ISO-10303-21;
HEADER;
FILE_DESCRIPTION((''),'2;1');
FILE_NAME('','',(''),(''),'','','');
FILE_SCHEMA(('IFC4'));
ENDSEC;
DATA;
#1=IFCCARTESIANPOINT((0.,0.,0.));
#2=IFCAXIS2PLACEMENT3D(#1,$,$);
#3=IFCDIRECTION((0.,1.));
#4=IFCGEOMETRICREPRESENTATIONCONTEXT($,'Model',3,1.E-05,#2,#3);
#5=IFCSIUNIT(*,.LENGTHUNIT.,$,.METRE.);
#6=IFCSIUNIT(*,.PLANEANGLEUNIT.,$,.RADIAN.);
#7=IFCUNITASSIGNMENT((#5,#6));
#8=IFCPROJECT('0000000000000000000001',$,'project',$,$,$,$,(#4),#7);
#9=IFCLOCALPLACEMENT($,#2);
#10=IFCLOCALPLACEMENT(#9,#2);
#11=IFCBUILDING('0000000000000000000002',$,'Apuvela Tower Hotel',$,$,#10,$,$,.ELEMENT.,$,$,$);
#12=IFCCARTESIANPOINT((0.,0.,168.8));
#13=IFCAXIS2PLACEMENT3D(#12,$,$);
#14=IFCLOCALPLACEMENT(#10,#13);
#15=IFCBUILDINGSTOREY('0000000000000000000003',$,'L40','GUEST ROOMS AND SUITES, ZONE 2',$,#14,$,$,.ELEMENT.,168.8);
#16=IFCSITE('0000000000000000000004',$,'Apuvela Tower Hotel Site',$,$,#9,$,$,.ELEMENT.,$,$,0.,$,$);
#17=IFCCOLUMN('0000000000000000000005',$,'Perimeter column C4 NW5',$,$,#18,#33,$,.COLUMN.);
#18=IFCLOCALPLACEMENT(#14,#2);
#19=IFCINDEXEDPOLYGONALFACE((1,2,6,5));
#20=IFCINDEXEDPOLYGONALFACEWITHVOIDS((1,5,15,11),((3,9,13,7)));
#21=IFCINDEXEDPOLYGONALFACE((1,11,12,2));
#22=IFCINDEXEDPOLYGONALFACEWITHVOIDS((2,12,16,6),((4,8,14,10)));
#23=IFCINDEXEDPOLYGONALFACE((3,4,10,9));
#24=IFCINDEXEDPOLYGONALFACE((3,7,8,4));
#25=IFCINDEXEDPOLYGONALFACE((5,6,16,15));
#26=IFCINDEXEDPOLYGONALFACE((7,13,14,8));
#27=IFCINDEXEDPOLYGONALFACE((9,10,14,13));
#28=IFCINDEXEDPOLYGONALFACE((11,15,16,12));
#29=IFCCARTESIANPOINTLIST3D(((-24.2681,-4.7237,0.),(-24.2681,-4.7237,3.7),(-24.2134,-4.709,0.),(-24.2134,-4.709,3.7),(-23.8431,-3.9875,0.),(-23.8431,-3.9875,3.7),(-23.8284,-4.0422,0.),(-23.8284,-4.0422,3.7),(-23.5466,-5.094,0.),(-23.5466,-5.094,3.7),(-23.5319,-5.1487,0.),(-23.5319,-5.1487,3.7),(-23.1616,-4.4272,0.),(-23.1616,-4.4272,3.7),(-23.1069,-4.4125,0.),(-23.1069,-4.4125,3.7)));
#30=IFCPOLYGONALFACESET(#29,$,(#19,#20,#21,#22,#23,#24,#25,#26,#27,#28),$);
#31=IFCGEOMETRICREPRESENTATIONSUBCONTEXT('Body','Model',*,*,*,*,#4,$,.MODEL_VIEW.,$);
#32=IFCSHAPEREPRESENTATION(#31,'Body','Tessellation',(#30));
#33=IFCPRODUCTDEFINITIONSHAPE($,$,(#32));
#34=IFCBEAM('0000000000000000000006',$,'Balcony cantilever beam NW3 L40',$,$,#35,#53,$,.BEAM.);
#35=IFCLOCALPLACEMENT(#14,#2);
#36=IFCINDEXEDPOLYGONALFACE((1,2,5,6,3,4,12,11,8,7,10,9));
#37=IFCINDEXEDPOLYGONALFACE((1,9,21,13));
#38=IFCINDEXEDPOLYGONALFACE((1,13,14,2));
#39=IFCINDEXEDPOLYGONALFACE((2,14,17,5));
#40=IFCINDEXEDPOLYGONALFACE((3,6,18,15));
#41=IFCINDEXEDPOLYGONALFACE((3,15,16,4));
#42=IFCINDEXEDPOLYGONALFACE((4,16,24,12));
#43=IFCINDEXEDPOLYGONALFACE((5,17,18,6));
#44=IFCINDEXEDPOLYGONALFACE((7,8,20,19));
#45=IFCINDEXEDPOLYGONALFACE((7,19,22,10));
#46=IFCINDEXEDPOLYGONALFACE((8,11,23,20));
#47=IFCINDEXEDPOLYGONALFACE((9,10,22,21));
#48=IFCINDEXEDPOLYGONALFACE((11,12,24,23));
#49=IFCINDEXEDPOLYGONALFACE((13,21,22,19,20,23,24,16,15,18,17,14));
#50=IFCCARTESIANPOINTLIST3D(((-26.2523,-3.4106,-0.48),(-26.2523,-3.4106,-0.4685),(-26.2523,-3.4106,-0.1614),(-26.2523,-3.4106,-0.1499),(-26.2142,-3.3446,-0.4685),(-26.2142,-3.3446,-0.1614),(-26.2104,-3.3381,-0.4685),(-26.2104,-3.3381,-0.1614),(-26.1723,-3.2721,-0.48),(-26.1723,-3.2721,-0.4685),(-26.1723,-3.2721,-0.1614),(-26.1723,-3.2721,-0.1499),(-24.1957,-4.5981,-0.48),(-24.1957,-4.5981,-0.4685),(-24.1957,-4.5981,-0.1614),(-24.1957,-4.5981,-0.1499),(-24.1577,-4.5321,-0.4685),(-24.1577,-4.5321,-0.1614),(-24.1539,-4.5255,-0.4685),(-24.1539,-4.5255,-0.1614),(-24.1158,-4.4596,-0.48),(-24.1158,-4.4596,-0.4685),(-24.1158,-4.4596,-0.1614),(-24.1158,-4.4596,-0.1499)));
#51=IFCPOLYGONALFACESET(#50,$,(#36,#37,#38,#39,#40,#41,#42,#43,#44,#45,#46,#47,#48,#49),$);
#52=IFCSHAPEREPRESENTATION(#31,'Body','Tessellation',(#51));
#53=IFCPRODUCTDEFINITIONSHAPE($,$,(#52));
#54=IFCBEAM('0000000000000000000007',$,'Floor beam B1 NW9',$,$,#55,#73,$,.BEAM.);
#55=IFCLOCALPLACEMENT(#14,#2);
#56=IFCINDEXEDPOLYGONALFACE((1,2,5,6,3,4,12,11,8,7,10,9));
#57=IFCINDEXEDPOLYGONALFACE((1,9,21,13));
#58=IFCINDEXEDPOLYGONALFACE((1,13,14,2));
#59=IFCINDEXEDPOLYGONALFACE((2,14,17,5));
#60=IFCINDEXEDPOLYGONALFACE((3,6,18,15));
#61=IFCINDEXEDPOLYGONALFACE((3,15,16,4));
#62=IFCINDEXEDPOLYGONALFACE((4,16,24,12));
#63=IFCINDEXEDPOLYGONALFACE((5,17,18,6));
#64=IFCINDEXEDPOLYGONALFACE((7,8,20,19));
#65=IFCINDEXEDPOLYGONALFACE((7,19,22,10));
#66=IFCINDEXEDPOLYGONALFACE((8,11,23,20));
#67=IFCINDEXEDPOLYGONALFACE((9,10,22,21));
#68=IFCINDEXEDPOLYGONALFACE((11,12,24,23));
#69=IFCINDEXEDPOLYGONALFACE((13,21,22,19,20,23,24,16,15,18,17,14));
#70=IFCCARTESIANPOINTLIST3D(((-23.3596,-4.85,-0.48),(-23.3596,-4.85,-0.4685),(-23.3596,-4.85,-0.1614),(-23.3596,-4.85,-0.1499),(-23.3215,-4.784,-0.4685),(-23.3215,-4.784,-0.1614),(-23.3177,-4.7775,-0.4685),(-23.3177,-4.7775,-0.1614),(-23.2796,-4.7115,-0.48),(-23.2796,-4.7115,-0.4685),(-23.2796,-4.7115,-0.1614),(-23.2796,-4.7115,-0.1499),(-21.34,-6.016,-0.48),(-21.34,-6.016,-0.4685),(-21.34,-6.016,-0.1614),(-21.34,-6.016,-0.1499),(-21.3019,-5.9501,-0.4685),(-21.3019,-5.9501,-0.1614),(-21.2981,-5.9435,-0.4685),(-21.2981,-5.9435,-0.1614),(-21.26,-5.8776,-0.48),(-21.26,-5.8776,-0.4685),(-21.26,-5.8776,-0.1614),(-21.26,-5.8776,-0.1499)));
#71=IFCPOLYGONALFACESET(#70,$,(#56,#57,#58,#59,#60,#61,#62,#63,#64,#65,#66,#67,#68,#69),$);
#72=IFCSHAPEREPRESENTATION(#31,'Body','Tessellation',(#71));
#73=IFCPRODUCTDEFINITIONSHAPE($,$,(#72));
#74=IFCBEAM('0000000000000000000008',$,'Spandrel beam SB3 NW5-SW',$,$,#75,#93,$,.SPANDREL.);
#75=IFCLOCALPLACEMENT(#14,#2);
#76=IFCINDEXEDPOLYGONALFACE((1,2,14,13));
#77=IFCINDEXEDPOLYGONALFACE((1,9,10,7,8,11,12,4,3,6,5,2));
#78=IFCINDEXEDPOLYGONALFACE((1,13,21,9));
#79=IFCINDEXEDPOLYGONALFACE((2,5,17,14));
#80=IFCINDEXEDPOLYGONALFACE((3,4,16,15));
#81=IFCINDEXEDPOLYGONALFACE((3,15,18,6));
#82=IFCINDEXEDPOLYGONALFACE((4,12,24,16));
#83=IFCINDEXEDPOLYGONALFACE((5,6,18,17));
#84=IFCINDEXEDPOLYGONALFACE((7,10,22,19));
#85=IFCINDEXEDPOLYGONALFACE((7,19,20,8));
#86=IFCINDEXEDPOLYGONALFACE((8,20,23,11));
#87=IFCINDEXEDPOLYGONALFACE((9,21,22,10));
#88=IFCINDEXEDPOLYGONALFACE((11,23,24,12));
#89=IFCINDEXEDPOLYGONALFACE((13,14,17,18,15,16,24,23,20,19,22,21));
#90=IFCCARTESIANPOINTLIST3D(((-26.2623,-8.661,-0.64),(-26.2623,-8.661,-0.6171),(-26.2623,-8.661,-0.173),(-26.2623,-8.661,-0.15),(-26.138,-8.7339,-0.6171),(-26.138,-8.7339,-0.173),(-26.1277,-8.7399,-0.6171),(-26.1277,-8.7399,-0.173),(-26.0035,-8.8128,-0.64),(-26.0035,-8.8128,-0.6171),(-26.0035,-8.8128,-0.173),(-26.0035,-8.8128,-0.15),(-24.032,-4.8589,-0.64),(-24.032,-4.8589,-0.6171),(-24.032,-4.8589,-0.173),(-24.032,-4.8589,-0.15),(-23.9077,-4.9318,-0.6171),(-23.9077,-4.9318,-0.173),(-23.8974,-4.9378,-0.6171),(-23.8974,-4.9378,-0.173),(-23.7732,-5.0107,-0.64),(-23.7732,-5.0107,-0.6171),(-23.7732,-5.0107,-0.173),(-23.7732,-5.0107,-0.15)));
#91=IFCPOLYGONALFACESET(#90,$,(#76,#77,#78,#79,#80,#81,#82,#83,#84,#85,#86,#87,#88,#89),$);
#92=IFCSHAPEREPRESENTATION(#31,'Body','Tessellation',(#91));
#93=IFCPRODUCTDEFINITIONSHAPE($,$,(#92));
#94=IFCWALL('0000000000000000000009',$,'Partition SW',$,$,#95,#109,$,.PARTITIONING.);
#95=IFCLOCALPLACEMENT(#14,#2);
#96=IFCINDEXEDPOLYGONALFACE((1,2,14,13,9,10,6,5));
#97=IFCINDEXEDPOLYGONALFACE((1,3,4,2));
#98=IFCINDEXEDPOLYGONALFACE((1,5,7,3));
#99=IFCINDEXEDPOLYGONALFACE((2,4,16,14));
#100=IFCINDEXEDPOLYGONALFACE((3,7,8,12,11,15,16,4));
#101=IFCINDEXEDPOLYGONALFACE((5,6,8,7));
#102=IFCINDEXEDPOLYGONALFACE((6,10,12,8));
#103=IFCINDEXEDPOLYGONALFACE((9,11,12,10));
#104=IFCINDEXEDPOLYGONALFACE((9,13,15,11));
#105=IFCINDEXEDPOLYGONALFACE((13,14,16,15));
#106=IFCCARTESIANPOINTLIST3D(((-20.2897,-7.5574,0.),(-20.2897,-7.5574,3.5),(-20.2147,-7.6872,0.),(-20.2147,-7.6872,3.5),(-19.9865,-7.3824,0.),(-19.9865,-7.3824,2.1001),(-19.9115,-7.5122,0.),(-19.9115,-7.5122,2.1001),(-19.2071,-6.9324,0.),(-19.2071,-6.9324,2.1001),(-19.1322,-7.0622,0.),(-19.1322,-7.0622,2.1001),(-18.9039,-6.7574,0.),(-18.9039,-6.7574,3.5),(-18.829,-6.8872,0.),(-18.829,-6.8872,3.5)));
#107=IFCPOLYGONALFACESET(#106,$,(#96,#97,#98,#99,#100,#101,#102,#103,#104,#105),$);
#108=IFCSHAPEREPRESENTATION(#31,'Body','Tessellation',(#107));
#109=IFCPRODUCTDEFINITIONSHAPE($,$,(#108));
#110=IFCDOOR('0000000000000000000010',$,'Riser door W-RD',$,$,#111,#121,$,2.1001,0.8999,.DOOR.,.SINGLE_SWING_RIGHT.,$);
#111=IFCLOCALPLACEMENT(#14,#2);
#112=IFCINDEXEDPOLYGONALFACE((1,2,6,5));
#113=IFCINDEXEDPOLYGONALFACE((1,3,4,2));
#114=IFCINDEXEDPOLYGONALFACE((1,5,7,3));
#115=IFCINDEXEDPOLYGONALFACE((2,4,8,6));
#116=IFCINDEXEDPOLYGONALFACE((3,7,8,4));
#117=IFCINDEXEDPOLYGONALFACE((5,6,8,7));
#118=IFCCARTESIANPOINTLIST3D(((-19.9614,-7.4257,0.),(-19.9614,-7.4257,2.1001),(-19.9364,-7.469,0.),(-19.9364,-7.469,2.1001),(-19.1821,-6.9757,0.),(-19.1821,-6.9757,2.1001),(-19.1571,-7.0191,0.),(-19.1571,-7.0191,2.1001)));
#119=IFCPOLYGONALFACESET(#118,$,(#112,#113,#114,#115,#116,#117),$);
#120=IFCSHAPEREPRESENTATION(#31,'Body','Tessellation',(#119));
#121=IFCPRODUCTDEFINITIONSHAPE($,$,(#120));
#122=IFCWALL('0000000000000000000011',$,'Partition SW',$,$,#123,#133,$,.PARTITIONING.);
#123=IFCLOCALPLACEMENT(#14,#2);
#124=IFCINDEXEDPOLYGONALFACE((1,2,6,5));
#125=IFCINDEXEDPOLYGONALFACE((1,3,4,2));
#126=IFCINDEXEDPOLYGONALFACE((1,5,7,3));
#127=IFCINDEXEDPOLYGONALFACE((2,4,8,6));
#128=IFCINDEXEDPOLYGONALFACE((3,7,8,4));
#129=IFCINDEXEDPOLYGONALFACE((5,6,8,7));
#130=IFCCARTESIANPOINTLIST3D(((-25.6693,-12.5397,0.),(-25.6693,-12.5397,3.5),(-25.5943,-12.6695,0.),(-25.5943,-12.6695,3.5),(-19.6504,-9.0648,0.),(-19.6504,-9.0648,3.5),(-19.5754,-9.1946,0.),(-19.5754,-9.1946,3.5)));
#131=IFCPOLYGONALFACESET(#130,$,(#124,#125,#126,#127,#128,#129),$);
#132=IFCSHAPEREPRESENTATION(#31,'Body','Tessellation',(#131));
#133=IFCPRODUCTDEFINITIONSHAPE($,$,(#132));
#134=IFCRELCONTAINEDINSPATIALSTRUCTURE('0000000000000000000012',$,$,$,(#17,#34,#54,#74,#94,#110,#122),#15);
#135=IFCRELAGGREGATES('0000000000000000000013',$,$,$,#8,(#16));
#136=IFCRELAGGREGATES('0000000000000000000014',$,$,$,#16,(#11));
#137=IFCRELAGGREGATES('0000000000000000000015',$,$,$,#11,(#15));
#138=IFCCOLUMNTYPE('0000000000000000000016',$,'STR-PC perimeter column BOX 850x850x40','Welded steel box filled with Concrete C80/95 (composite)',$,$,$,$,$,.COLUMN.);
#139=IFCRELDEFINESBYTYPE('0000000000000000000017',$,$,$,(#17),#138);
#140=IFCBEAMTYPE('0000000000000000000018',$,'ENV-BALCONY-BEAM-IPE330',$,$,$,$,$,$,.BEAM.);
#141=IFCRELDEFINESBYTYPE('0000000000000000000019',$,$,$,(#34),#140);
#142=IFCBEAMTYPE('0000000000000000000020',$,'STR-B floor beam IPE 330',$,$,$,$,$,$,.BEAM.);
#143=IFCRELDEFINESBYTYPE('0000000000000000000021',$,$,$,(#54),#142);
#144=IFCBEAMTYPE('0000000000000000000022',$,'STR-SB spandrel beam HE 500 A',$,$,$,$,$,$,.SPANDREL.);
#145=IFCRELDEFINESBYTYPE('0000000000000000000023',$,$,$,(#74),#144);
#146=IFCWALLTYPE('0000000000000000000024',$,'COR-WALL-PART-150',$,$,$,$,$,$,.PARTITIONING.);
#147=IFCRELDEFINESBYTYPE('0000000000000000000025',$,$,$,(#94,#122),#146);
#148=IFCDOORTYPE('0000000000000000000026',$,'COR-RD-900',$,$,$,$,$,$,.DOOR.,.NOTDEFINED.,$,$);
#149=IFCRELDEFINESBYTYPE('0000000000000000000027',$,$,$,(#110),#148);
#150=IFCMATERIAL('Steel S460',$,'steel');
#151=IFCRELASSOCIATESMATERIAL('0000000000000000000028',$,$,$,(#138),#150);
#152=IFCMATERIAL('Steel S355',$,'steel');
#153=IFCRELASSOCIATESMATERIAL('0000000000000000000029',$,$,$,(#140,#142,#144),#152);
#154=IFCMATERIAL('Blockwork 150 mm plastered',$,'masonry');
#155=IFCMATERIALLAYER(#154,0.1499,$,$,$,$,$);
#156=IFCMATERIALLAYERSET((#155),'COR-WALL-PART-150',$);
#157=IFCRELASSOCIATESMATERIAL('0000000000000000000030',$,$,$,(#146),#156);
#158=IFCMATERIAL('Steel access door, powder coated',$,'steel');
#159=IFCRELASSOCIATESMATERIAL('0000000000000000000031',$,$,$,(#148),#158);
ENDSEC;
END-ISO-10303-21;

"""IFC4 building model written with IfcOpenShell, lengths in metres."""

from ifc_helpers import new_model, si_unit, direction, frame, frame_2d, origin, origin_2d, place, context, subcontext, project, spatial, rectangle, hollow_rectangle, i_section, extrude, material, layer, layer_set, material_profile, profile_set, type_object, element, fill, save


model = new_model("IFC4")

# Units and contexts
model_context = context("Model", 3, precision=1e-05, world=origin(), true_north=direction((0.0, 1.0)))
body_context = subcontext(model_context, "Body", "Model", "MODEL_VIEW")
ifc_project = project(units=[si_unit("LENGTHUNIT", "METRE"), si_unit("PLANEANGLEUNIT", "RADIAN")], contexts=[model_context])

# Site, building, storey
site_placement = place(None, origin())
site = spatial("IfcSite", under=ifc_project, at=site_placement, Name="Apuvela Tower Hotel Site", CompositionType="ELEMENT", RefElevation=0.0)
building_placement = place(site_placement, origin())
building = spatial("IfcBuilding", under=site, at=building_placement, Name="Apuvela Tower Hotel", CompositionType="ELEMENT")
storey_placement = place(building_placement, frame((0.0, 0.0, 168.8)))
storey = spatial("IfcBuildingStorey", under=building, at=storey_placement, Name="L40", Description="GUEST ROOMS AND SUITES, ZONE 2", CompositionType="ELEMENT", Elevation=168.8)

# Column
ifc_material_1 = material(Name="Steel S460", Category="steel")
ifc_material_profile_1 = material_profile(ifc_material_1, hollow_rectangle(XDim=0.8501, YDim=0.8501, WallThickness=0.04, at=origin_2d()), Name="BOX 850x850x40")
ifc_material_2 = material(Name="Concrete C80/95", Category="concrete")
ifc_material_profile_2 = material_profile(ifc_material_2, rectangle(XDim=0.77, YDim=0.77, at=origin_2d()), Name="Concrete C80/95 infill")
ifc_profile_set_1 = profile_set([ifc_material_profile_1, ifc_material_profile_2], Name="Steel S460")
column_type = type_object("IfcColumnType", Name="STR-PC perimeter column BOX 850x850x40", Description="Welded steel box filled with Concrete C80/95 (composite)", PredefinedType="COLUMN", material=ifc_profile_set_1)
column_placement = place(storey_placement, frame((-23.6875, -4.5681, 0.0), z_axis=(0.0, 0.0, 1.0), x_axis=(0.5, 0.866025, 0.0)))
element("IfcColumn", 1, at=column_placement, inside=storey, type_object=column_type, Name="Perimeter column C4 NW5", PredefinedType="COLUMN", context=body_context, shape_type="SweptSolid", body=[
    extrude(hollow_rectangle(XDim=0.8501, YDim=0.8501, WallThickness=0.04, at=origin_2d()), origin(), (0.0, 0.0, 1.0), 3.7),
])

# Beams
ifc_material_3 = material(Name="Steel S355", Category="steel")
ifc_material_profile_3 = material_profile(ifc_material_3, i_section(OverallWidth=0.1599, OverallDepth=0.3301, WebThickness=0.0076, FlangeThickness=0.0115, at=origin_2d()), Name="IPE 330")
ifc_profile_set_2 = profile_set([ifc_material_profile_3], Name="Steel S355")
beam_type_1 = type_object("IfcBeamType", Name="ENV-BALCONY-BEAM-IPE330", PredefinedType="BEAM", material=ifc_profile_set_2)
beam_1_placement = place(storey_placement, frame((-24.1558, -4.5288, -0.3149), z_axis=(-0.866008, 0.500031, 0.0), x_axis=(-0.500031, -0.866008, 0.0)))
element("IfcBeam", 2, at=beam_1_placement, inside=storey, type_object=beam_type_1, Name="Balcony cantilever beam NW3 L40", PredefinedType="BEAM", context=body_context, shape_type="SweptSolid", body=[
    extrude(i_section(OverallWidth=0.1599, OverallDepth=0.3301, WebThickness=0.0076, FlangeThickness=0.0115, at=origin_2d()), origin(), (0.0, 0.0, 1.0), 2.3748),
])
ifc_material_profile_4 = material_profile(ifc_material_3, i_section(OverallWidth=0.1599, OverallDepth=0.3301, WebThickness=0.0076, FlangeThickness=0.0115, at=origin_2d()), Name="IPE 330")
ifc_profile_set_3 = profile_set([ifc_material_profile_4], Name="Steel S355")
beam_type_2 = type_object("IfcBeamType", Name="STR-B floor beam IPE 330", PredefinedType="BEAM", material=ifc_profile_set_3)
beam_2_placement = place(storey_placement, frame((-23.3196, -4.7808, -0.3149), z_axis=(0.866018, -0.500012, 0.0), x_axis=(0.500012, 0.866018, 0.0)))
element("IfcBeam", 3, at=beam_2_placement, inside=storey, type_object=beam_type_2, Name="Floor beam B1 NW9", PredefinedType="BEAM", context=body_context, shape_type="SweptSolid", body=[
    extrude(i_section(OverallWidth=0.1599, OverallDepth=0.3301, WebThickness=0.0076, FlangeThickness=0.0115, at=origin_2d()), origin(), (0.0, 0.0, 1.0), 2.332),
])
ifc_material_profile_5 = material_profile(ifc_material_3, i_section(OverallWidth=0.3, OverallDepth=0.49, WebThickness=0.012, FlangeThickness=0.0229, at=origin_2d()), Name="HE 500 A")
ifc_profile_set_4 = profile_set([ifc_material_profile_5], Name="Steel S355")
beam_type_3 = type_object("IfcBeamType", Name="STR-SB spandrel beam HE 500 A", PredefinedType="SPANDREL", material=ifc_profile_set_4)
beam_3_placement = place(storey_placement, frame((-23.9026, -4.9348, -0.395), z_axis=(-0.505967, -0.862553, 0.0), x_axis=(0.862553, -0.505967, 0.0)))
element("IfcBeam", 4, at=beam_3_placement, inside=storey, type_object=beam_type_3, Name="Spandrel beam SB3 NW5-SW", PredefinedType="SPANDREL", context=body_context, shape_type="SweptSolid", body=[
    extrude(i_section(OverallWidth=0.3, OverallDepth=0.49, WebThickness=0.012, FlangeThickness=0.0229, at=origin_2d()), origin(), (0.0, 0.0, 1.0), 4.408),
])

# Wall, opening, door
ifc_material_4 = material(Name="Blockwork 150 mm plastered", Category="masonry")
ifc_layer_1 = layer(ifc_material_4, 0.1499)
ifc_layer_set_1 = layer_set([ifc_layer_1], Name="COR-WALL-PART-150")
wall_type_1 = type_object("IfcWallType", Name="COR-WALL-PART-150", PredefinedType="PARTITIONING", material=ifc_layer_set_1)
wall_1_placement = place(storey_placement, frame((-18.8665, -6.8223, 0.0), z_axis=(0.0, 0.0, 1.0), x_axis=(-0.866028, -0.499995, 0.0)))
wall_1 = element("IfcWall", 5, at=wall_1_placement, inside=storey, type_object=wall_type_1, Name="Partition SW", PredefinedType="PARTITIONING", context=body_context, shape_type="SweptSolid", body=[
    extrude(rectangle(XDim=1.6001, YDim=0.1499, at=frame_2d((0.8, 0.0))), origin(), (0.0, 0.0, 1.0), 3.5),
])
opening_1_placement = place(wall_1_placement, frame((0.3501, 0.0, 0.0)))
opening_1 = element("IfcOpeningElement", 6, at=opening_1_placement, cuts=wall_1, PredefinedType="OPENING", context=body_context, shape_type="SweptSolid", body=[
    extrude(rectangle(XDim=0.8999, YDim=2.1001, at=frame_2d((0.45, 1.05))), frame((0.0, 0.085, 0.0), z_axis=(0.0, -1.0, 0.0), x_axis=(1.0, 0.0, 0.0)), (0.0, 0.0, 1.0), 0.1699),
])
ifc_material_5 = material(Name="Steel access door, powder coated", Category="steel")
door_type_1 = type_object("IfcDoorType", Name="COR-RD-900", OperationType="NOTDEFINED", PredefinedType="DOOR", material=ifc_material_5)
door_1_placement = place(opening_1_placement, frame((0.8999, 0.0, 0.0), z_axis=(0.0, 0.0, 1.0), x_axis=(-1.0, 0.0, 0.0)))
door_1 = element("IfcDoor", 7, at=door_1_placement, inside=storey, type_object=door_type_1, Name="Riser door W-RD", OperationType="SINGLE_SWING_RIGHT", OverallHeight=2.1001, OverallWidth=0.8999, PredefinedType="DOOR", context=body_context, shape_type="SweptSolid", body=[
    extrude(rectangle(XDim=0.8999, YDim=2.1001, at=frame_2d((0.45, 1.05))), frame((0.0, 0.0249, 0.0), z_axis=(0.0, -1.0, 0.0), x_axis=(1.0, 0.0, 0.0)), (0.0, 0.0, 1.0), 0.05),
])
fill(opening_1, door_1)

# Wall
wall_2_placement = place(storey_placement, frame((-19.6128, -9.1296, 0.0), z_axis=(0.0, 0.0, 1.0), x_axis=(-0.866032, -0.499989, 0.0)))
element("IfcWall", 8, at=wall_2_placement, inside=storey, type_object=wall_type_1, Name="Partition SW", PredefinedType="PARTITIONING", context=body_context, shape_type="SweptSolid", body=[
    extrude(rectangle(XDim=6.95, YDim=0.1499, at=frame_2d((3.4751, 0.0))), origin(), (0.0, 0.0, 1.0), 3.5),
])

save(model, "model.ifc")
